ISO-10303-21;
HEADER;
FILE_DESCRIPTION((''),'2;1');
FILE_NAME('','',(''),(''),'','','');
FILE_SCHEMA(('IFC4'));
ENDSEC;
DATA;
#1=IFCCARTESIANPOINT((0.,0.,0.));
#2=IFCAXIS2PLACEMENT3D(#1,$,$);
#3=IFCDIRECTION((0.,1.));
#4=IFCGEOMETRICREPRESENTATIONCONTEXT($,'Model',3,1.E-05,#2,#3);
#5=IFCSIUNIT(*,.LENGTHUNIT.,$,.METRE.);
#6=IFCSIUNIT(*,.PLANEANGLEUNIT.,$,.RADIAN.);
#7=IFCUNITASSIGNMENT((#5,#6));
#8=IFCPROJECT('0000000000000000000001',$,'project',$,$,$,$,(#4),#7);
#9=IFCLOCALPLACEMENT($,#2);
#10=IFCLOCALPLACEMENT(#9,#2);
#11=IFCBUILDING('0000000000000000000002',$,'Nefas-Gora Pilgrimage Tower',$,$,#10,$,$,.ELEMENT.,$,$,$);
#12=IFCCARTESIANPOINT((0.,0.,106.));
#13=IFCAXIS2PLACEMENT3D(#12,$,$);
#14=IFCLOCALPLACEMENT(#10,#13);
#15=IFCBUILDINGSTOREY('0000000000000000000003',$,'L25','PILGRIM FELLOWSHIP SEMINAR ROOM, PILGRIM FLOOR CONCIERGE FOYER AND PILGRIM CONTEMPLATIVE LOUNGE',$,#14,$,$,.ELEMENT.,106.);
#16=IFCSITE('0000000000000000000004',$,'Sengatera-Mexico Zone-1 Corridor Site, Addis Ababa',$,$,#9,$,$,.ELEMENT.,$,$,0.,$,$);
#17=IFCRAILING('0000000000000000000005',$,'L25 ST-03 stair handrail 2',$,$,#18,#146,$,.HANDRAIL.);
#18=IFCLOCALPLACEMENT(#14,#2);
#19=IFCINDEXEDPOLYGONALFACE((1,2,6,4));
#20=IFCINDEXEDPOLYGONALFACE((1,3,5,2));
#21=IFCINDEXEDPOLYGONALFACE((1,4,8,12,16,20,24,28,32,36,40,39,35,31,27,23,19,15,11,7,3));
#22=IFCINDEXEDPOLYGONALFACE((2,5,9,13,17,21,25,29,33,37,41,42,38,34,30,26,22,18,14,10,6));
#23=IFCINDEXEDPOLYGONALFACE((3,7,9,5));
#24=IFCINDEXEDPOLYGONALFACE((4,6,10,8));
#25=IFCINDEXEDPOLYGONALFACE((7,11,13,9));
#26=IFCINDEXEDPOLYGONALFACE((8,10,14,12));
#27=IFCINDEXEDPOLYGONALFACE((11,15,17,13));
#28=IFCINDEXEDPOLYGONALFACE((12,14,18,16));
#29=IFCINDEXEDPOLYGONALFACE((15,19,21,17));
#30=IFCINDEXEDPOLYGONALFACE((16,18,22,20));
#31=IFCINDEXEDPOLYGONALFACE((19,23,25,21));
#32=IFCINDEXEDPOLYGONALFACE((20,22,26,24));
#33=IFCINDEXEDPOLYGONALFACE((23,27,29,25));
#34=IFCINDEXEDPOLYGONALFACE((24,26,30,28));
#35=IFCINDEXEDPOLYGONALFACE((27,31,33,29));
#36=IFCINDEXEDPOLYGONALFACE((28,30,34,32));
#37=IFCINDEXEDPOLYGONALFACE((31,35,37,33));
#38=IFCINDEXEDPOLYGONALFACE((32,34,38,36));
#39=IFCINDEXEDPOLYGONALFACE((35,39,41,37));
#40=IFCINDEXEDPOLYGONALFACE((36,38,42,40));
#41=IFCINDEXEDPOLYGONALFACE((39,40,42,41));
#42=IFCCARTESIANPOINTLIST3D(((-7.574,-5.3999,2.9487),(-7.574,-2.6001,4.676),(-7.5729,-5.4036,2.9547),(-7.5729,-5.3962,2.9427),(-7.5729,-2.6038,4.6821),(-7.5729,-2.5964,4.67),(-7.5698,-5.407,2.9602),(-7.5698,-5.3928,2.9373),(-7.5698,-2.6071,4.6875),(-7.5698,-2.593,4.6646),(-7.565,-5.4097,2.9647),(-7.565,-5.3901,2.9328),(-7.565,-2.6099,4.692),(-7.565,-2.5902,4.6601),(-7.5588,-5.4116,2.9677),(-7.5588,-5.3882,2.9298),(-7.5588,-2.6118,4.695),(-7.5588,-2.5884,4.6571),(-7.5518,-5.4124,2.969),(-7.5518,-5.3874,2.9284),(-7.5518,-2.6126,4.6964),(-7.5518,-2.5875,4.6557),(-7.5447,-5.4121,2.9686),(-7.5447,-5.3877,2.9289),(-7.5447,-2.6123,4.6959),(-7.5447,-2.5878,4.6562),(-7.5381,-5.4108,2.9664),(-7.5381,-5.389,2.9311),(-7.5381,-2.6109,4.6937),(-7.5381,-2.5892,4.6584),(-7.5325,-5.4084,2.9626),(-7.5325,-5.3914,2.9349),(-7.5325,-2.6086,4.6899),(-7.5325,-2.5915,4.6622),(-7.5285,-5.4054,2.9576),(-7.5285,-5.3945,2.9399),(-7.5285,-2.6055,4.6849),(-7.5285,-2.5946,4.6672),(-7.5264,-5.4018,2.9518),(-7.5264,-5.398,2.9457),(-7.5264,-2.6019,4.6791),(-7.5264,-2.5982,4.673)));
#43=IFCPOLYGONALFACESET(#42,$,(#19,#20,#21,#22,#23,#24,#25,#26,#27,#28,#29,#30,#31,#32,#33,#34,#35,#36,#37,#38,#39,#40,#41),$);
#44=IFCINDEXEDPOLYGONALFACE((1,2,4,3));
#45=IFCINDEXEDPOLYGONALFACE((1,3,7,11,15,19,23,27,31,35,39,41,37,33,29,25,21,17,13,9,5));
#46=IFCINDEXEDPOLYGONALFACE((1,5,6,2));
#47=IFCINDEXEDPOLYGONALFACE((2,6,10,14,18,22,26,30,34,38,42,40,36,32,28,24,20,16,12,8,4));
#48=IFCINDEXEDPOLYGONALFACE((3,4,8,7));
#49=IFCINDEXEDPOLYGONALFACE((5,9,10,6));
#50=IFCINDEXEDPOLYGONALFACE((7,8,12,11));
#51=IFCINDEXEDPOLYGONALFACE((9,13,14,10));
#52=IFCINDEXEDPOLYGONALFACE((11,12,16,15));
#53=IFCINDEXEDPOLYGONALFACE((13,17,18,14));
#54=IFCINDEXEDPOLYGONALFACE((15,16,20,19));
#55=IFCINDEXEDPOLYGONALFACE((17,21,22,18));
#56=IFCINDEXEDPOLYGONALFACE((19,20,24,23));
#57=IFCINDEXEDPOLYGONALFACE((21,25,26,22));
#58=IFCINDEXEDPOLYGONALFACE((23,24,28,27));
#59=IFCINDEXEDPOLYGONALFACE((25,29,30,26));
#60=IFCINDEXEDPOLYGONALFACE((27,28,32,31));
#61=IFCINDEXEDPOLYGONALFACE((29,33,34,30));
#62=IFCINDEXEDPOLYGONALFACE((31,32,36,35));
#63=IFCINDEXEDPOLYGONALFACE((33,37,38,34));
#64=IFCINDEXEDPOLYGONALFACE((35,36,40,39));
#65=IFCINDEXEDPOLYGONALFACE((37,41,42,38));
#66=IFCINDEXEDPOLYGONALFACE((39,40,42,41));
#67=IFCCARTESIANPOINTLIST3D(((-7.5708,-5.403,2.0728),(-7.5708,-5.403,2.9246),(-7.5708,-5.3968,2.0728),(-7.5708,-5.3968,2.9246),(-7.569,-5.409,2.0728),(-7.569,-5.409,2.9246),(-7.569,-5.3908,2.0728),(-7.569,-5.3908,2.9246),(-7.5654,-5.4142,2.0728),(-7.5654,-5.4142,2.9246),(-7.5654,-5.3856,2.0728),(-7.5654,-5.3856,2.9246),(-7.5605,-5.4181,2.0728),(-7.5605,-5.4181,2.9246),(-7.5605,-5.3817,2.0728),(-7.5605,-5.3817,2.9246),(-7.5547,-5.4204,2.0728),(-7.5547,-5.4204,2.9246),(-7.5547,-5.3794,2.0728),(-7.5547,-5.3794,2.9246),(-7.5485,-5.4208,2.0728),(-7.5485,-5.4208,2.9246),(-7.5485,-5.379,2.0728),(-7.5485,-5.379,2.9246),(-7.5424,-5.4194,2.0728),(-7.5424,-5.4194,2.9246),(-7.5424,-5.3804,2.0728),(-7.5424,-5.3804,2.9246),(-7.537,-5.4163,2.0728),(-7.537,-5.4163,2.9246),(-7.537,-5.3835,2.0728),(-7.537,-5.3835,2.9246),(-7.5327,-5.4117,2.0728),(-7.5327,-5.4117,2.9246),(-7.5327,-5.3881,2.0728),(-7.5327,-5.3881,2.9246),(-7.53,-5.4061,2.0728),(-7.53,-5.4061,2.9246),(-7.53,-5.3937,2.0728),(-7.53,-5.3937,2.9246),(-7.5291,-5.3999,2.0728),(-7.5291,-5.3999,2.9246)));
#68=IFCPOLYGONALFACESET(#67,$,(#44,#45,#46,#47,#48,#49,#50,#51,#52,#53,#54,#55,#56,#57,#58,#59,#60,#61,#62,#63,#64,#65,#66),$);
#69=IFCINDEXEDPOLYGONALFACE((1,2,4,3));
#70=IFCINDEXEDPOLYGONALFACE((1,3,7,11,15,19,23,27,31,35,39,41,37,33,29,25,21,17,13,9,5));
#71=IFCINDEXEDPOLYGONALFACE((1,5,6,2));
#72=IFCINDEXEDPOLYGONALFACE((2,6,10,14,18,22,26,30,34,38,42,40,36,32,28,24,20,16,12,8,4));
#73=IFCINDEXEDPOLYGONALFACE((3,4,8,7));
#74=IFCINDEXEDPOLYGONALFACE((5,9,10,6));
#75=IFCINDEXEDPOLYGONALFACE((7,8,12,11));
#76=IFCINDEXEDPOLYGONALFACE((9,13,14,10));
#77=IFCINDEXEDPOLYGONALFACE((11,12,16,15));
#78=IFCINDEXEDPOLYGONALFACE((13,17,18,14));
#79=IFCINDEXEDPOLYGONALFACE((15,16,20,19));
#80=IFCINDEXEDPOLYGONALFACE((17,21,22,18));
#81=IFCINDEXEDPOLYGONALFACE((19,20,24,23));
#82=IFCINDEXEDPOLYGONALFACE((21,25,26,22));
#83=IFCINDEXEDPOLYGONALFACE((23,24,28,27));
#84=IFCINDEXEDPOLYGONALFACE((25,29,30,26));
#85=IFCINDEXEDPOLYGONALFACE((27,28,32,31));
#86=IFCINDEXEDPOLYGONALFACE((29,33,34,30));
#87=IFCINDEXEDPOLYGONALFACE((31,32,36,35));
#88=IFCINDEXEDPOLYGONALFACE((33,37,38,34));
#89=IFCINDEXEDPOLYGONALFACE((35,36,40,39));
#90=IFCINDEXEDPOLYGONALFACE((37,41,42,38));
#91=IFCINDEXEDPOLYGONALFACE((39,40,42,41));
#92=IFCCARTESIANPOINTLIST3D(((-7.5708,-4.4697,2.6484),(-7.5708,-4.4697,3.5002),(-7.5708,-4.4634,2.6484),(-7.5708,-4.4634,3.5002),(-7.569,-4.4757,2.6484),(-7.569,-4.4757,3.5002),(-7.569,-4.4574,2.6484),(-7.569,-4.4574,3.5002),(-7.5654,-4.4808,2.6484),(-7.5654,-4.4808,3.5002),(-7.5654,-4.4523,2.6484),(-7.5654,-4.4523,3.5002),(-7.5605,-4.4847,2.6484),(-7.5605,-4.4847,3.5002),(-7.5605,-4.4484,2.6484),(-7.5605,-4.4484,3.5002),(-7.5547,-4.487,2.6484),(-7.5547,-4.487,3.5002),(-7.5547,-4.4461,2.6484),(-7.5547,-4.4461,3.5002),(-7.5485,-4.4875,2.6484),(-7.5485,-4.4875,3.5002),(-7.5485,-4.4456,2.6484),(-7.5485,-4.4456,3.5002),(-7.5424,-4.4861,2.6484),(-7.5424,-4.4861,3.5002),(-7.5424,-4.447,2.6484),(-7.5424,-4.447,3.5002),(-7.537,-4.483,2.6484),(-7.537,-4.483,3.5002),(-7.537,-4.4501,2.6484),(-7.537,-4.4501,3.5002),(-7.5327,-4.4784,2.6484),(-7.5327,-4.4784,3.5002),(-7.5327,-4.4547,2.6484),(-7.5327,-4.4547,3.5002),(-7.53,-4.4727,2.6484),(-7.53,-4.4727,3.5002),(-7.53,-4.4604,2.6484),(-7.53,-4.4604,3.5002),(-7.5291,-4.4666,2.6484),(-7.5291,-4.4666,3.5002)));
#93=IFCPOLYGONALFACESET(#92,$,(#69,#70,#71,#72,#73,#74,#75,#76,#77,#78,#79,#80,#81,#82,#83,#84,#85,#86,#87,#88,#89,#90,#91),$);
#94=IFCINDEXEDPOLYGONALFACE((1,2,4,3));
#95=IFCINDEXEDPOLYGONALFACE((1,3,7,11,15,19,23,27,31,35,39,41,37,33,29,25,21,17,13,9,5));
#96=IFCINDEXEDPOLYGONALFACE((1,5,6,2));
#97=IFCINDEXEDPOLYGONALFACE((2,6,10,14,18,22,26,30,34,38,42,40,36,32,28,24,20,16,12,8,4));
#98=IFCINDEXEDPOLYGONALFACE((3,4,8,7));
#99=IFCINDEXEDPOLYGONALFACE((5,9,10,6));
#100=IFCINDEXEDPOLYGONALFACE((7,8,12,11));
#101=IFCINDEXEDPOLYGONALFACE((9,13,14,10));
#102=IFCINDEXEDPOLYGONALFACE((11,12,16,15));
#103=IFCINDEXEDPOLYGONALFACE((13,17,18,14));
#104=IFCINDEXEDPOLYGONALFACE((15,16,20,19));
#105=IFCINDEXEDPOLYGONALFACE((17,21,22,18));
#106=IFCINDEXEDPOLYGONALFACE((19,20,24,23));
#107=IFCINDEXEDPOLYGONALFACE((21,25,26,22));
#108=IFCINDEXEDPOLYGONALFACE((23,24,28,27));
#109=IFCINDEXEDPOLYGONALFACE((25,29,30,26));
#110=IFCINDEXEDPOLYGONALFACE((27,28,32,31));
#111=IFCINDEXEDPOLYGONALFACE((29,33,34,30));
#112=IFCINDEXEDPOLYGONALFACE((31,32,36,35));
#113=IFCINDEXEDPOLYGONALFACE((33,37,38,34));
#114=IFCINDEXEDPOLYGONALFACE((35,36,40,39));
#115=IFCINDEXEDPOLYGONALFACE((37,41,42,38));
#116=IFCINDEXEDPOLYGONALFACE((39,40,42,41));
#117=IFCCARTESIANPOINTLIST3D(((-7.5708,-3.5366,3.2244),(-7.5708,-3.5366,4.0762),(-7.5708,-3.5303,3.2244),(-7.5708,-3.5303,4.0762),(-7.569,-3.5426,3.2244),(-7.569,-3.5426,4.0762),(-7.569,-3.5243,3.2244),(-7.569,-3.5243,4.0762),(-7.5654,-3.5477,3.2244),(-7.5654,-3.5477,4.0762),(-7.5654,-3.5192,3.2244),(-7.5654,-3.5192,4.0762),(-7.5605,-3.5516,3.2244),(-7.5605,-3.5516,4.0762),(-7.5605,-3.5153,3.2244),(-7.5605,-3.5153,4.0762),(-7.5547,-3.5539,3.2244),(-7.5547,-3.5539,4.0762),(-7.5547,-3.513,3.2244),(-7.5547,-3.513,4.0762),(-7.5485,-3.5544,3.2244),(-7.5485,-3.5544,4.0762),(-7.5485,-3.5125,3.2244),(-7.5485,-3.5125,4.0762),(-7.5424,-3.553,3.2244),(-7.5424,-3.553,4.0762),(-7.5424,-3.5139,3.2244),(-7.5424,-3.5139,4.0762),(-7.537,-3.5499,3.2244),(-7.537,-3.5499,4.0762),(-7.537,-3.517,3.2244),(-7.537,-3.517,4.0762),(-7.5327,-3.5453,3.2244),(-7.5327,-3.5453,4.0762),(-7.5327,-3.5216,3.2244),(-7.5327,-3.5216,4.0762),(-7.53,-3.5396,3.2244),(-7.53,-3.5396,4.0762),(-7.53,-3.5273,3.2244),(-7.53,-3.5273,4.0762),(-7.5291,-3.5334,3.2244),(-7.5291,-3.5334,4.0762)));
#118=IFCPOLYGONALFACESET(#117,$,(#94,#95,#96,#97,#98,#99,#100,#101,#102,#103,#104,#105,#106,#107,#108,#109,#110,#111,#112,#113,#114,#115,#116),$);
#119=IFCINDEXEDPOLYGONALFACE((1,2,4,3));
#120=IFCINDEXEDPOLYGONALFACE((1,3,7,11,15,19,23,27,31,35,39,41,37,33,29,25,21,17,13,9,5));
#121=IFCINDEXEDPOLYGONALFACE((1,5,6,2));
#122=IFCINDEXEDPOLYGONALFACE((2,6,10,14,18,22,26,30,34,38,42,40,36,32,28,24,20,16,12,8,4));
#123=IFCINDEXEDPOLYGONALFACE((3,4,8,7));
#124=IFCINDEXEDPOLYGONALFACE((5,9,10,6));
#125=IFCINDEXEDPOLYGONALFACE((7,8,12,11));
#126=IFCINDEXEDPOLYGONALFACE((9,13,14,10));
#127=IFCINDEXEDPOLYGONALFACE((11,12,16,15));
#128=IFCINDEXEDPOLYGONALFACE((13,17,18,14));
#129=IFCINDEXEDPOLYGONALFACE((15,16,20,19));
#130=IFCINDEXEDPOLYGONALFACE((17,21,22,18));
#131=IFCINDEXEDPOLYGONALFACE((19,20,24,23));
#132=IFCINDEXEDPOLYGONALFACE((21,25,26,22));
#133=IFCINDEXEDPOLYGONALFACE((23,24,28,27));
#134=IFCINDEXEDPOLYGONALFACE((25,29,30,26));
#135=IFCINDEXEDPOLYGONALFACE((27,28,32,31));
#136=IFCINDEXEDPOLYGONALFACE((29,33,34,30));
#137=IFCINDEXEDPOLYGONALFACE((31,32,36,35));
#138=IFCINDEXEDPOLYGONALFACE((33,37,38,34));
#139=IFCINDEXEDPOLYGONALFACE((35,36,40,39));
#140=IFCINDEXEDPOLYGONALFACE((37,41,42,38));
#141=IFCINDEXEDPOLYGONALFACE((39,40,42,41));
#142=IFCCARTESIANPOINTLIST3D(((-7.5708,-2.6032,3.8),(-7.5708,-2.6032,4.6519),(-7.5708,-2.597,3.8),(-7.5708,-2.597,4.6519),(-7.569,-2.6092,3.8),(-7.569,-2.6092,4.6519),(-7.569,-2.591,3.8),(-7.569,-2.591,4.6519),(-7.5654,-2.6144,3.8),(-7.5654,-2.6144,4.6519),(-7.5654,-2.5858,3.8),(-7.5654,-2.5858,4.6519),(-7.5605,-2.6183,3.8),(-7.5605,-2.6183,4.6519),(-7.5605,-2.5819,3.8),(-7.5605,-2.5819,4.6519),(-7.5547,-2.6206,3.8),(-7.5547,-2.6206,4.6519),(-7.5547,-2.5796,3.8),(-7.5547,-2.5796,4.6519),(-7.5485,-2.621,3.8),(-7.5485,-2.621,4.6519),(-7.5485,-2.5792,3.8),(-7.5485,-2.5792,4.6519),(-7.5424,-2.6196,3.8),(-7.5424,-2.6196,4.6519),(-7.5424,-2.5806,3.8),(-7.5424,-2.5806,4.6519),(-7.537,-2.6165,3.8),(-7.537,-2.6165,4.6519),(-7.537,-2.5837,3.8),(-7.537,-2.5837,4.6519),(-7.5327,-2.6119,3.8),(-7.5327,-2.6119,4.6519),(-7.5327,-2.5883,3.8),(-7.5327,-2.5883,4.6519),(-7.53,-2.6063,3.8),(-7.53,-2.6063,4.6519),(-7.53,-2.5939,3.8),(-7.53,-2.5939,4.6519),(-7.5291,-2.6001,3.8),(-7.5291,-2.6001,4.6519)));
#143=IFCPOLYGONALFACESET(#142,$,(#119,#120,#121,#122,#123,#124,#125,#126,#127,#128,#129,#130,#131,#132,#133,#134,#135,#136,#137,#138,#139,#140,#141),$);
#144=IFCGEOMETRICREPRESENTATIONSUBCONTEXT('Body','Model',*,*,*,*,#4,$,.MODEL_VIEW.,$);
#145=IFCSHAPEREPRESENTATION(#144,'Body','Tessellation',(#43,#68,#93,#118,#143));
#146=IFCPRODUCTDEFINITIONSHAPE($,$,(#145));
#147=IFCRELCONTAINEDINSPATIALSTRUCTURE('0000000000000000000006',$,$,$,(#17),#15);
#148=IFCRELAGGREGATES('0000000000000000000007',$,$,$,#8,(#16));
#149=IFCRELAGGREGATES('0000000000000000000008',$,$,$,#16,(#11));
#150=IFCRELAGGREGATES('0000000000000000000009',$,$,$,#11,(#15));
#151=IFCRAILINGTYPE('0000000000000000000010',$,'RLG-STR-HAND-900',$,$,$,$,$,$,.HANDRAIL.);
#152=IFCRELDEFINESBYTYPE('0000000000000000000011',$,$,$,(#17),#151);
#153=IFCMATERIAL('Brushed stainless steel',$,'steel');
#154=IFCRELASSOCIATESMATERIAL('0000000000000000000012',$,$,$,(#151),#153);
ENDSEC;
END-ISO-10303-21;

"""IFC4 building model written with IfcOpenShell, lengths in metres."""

from ifc_helpers import new_model, si_unit, direction, frame, origin, origin_2d, place, context, subcontext, project, spatial, circle, extrude, material, type_object, element, save


model = new_model("IFC4")

# Units and contexts
model_context = context("Model", 3, precision=1e-05, world=origin(), true_north=direction((0.0, 1.0)))
body_context = subcontext(model_context, "Body", "Model", "MODEL_VIEW")
ifc_project = project(units=[si_unit("LENGTHUNIT", "METRE"), si_unit("PLANEANGLEUNIT", "RADIAN")], contexts=[model_context])

# Site, building, storey
site_placement = place(None, origin())
site = spatial("IfcSite", under=ifc_project, at=site_placement, Name="Sengatera-Mexico Zone-1 Corridor Site, Addis Ababa", CompositionType="ELEMENT", RefElevation=0.0)
building_placement = place(site_placement, origin())
building = spatial("IfcBuilding", under=site, at=building_placement, Name="Nefas-Gora Pilgrimage Tower", CompositionType="ELEMENT")
storey_placement = place(building_placement, frame((0.0, 0.0, 106.0)))
storey = spatial("IfcBuildingStorey", under=building, at=storey_placement, Name="L25", Description="PILGRIM FELLOWSHIP SEMINAR ROOM, PILGRIM FLOOR CONCIERGE FOYER AND PILGRIM CONTEMPLATIVE LOUNGE", CompositionType="ELEMENT", Elevation=106.0)

# Railing
ifc_material_1 = material(Name="Brushed stainless steel", Category="steel")
railing_type_1 = type_object("IfcRailingType", Name="RLG-STR-HAND-900", PredefinedType="HANDRAIL", material=ifc_material_1)
railing_1_placement = place(storey_placement, frame((-7.55, -5.3999, 2.0728)))
element("IfcRailing", 1, at=railing_1_placement, inside=storey, type_object=railing_type_1, Name="L25 ST-03 stair handrail 2", PredefinedType="HANDRAIL", context=body_context, shape_type="SweptSolid", body=[
    extrude(circle(Radius=0.0239, at=origin_2d()), frame((0.0, 0.0, 0.876), z_axis=(0.0, 0.851069, 0.525054), x_axis=(-1.0, 0.0, 0.0)), (0.0, 0.0, 1.0), 3.2898),
    extrude(circle(Radius=0.021, at=origin_2d()), origin(), (0.0, 0.0, 1.0), 0.8518),
    extrude(circle(Radius=0.021, at=origin_2d()), frame((0.0, 0.9333, 0.5757)), (0.0, 0.0, 1.0), 0.8518),
    extrude(circle(Radius=0.021, at=origin_2d()), frame((0.0, 1.8665, 1.1516)), (0.0, 0.0, 1.0), 0.8518),
    extrude(circle(Radius=0.021, at=origin_2d()), frame((0.0, 2.7998, 1.7273)), (0.0, 0.0, 1.0), 0.8518),
])

save(model, "model.ifc")
